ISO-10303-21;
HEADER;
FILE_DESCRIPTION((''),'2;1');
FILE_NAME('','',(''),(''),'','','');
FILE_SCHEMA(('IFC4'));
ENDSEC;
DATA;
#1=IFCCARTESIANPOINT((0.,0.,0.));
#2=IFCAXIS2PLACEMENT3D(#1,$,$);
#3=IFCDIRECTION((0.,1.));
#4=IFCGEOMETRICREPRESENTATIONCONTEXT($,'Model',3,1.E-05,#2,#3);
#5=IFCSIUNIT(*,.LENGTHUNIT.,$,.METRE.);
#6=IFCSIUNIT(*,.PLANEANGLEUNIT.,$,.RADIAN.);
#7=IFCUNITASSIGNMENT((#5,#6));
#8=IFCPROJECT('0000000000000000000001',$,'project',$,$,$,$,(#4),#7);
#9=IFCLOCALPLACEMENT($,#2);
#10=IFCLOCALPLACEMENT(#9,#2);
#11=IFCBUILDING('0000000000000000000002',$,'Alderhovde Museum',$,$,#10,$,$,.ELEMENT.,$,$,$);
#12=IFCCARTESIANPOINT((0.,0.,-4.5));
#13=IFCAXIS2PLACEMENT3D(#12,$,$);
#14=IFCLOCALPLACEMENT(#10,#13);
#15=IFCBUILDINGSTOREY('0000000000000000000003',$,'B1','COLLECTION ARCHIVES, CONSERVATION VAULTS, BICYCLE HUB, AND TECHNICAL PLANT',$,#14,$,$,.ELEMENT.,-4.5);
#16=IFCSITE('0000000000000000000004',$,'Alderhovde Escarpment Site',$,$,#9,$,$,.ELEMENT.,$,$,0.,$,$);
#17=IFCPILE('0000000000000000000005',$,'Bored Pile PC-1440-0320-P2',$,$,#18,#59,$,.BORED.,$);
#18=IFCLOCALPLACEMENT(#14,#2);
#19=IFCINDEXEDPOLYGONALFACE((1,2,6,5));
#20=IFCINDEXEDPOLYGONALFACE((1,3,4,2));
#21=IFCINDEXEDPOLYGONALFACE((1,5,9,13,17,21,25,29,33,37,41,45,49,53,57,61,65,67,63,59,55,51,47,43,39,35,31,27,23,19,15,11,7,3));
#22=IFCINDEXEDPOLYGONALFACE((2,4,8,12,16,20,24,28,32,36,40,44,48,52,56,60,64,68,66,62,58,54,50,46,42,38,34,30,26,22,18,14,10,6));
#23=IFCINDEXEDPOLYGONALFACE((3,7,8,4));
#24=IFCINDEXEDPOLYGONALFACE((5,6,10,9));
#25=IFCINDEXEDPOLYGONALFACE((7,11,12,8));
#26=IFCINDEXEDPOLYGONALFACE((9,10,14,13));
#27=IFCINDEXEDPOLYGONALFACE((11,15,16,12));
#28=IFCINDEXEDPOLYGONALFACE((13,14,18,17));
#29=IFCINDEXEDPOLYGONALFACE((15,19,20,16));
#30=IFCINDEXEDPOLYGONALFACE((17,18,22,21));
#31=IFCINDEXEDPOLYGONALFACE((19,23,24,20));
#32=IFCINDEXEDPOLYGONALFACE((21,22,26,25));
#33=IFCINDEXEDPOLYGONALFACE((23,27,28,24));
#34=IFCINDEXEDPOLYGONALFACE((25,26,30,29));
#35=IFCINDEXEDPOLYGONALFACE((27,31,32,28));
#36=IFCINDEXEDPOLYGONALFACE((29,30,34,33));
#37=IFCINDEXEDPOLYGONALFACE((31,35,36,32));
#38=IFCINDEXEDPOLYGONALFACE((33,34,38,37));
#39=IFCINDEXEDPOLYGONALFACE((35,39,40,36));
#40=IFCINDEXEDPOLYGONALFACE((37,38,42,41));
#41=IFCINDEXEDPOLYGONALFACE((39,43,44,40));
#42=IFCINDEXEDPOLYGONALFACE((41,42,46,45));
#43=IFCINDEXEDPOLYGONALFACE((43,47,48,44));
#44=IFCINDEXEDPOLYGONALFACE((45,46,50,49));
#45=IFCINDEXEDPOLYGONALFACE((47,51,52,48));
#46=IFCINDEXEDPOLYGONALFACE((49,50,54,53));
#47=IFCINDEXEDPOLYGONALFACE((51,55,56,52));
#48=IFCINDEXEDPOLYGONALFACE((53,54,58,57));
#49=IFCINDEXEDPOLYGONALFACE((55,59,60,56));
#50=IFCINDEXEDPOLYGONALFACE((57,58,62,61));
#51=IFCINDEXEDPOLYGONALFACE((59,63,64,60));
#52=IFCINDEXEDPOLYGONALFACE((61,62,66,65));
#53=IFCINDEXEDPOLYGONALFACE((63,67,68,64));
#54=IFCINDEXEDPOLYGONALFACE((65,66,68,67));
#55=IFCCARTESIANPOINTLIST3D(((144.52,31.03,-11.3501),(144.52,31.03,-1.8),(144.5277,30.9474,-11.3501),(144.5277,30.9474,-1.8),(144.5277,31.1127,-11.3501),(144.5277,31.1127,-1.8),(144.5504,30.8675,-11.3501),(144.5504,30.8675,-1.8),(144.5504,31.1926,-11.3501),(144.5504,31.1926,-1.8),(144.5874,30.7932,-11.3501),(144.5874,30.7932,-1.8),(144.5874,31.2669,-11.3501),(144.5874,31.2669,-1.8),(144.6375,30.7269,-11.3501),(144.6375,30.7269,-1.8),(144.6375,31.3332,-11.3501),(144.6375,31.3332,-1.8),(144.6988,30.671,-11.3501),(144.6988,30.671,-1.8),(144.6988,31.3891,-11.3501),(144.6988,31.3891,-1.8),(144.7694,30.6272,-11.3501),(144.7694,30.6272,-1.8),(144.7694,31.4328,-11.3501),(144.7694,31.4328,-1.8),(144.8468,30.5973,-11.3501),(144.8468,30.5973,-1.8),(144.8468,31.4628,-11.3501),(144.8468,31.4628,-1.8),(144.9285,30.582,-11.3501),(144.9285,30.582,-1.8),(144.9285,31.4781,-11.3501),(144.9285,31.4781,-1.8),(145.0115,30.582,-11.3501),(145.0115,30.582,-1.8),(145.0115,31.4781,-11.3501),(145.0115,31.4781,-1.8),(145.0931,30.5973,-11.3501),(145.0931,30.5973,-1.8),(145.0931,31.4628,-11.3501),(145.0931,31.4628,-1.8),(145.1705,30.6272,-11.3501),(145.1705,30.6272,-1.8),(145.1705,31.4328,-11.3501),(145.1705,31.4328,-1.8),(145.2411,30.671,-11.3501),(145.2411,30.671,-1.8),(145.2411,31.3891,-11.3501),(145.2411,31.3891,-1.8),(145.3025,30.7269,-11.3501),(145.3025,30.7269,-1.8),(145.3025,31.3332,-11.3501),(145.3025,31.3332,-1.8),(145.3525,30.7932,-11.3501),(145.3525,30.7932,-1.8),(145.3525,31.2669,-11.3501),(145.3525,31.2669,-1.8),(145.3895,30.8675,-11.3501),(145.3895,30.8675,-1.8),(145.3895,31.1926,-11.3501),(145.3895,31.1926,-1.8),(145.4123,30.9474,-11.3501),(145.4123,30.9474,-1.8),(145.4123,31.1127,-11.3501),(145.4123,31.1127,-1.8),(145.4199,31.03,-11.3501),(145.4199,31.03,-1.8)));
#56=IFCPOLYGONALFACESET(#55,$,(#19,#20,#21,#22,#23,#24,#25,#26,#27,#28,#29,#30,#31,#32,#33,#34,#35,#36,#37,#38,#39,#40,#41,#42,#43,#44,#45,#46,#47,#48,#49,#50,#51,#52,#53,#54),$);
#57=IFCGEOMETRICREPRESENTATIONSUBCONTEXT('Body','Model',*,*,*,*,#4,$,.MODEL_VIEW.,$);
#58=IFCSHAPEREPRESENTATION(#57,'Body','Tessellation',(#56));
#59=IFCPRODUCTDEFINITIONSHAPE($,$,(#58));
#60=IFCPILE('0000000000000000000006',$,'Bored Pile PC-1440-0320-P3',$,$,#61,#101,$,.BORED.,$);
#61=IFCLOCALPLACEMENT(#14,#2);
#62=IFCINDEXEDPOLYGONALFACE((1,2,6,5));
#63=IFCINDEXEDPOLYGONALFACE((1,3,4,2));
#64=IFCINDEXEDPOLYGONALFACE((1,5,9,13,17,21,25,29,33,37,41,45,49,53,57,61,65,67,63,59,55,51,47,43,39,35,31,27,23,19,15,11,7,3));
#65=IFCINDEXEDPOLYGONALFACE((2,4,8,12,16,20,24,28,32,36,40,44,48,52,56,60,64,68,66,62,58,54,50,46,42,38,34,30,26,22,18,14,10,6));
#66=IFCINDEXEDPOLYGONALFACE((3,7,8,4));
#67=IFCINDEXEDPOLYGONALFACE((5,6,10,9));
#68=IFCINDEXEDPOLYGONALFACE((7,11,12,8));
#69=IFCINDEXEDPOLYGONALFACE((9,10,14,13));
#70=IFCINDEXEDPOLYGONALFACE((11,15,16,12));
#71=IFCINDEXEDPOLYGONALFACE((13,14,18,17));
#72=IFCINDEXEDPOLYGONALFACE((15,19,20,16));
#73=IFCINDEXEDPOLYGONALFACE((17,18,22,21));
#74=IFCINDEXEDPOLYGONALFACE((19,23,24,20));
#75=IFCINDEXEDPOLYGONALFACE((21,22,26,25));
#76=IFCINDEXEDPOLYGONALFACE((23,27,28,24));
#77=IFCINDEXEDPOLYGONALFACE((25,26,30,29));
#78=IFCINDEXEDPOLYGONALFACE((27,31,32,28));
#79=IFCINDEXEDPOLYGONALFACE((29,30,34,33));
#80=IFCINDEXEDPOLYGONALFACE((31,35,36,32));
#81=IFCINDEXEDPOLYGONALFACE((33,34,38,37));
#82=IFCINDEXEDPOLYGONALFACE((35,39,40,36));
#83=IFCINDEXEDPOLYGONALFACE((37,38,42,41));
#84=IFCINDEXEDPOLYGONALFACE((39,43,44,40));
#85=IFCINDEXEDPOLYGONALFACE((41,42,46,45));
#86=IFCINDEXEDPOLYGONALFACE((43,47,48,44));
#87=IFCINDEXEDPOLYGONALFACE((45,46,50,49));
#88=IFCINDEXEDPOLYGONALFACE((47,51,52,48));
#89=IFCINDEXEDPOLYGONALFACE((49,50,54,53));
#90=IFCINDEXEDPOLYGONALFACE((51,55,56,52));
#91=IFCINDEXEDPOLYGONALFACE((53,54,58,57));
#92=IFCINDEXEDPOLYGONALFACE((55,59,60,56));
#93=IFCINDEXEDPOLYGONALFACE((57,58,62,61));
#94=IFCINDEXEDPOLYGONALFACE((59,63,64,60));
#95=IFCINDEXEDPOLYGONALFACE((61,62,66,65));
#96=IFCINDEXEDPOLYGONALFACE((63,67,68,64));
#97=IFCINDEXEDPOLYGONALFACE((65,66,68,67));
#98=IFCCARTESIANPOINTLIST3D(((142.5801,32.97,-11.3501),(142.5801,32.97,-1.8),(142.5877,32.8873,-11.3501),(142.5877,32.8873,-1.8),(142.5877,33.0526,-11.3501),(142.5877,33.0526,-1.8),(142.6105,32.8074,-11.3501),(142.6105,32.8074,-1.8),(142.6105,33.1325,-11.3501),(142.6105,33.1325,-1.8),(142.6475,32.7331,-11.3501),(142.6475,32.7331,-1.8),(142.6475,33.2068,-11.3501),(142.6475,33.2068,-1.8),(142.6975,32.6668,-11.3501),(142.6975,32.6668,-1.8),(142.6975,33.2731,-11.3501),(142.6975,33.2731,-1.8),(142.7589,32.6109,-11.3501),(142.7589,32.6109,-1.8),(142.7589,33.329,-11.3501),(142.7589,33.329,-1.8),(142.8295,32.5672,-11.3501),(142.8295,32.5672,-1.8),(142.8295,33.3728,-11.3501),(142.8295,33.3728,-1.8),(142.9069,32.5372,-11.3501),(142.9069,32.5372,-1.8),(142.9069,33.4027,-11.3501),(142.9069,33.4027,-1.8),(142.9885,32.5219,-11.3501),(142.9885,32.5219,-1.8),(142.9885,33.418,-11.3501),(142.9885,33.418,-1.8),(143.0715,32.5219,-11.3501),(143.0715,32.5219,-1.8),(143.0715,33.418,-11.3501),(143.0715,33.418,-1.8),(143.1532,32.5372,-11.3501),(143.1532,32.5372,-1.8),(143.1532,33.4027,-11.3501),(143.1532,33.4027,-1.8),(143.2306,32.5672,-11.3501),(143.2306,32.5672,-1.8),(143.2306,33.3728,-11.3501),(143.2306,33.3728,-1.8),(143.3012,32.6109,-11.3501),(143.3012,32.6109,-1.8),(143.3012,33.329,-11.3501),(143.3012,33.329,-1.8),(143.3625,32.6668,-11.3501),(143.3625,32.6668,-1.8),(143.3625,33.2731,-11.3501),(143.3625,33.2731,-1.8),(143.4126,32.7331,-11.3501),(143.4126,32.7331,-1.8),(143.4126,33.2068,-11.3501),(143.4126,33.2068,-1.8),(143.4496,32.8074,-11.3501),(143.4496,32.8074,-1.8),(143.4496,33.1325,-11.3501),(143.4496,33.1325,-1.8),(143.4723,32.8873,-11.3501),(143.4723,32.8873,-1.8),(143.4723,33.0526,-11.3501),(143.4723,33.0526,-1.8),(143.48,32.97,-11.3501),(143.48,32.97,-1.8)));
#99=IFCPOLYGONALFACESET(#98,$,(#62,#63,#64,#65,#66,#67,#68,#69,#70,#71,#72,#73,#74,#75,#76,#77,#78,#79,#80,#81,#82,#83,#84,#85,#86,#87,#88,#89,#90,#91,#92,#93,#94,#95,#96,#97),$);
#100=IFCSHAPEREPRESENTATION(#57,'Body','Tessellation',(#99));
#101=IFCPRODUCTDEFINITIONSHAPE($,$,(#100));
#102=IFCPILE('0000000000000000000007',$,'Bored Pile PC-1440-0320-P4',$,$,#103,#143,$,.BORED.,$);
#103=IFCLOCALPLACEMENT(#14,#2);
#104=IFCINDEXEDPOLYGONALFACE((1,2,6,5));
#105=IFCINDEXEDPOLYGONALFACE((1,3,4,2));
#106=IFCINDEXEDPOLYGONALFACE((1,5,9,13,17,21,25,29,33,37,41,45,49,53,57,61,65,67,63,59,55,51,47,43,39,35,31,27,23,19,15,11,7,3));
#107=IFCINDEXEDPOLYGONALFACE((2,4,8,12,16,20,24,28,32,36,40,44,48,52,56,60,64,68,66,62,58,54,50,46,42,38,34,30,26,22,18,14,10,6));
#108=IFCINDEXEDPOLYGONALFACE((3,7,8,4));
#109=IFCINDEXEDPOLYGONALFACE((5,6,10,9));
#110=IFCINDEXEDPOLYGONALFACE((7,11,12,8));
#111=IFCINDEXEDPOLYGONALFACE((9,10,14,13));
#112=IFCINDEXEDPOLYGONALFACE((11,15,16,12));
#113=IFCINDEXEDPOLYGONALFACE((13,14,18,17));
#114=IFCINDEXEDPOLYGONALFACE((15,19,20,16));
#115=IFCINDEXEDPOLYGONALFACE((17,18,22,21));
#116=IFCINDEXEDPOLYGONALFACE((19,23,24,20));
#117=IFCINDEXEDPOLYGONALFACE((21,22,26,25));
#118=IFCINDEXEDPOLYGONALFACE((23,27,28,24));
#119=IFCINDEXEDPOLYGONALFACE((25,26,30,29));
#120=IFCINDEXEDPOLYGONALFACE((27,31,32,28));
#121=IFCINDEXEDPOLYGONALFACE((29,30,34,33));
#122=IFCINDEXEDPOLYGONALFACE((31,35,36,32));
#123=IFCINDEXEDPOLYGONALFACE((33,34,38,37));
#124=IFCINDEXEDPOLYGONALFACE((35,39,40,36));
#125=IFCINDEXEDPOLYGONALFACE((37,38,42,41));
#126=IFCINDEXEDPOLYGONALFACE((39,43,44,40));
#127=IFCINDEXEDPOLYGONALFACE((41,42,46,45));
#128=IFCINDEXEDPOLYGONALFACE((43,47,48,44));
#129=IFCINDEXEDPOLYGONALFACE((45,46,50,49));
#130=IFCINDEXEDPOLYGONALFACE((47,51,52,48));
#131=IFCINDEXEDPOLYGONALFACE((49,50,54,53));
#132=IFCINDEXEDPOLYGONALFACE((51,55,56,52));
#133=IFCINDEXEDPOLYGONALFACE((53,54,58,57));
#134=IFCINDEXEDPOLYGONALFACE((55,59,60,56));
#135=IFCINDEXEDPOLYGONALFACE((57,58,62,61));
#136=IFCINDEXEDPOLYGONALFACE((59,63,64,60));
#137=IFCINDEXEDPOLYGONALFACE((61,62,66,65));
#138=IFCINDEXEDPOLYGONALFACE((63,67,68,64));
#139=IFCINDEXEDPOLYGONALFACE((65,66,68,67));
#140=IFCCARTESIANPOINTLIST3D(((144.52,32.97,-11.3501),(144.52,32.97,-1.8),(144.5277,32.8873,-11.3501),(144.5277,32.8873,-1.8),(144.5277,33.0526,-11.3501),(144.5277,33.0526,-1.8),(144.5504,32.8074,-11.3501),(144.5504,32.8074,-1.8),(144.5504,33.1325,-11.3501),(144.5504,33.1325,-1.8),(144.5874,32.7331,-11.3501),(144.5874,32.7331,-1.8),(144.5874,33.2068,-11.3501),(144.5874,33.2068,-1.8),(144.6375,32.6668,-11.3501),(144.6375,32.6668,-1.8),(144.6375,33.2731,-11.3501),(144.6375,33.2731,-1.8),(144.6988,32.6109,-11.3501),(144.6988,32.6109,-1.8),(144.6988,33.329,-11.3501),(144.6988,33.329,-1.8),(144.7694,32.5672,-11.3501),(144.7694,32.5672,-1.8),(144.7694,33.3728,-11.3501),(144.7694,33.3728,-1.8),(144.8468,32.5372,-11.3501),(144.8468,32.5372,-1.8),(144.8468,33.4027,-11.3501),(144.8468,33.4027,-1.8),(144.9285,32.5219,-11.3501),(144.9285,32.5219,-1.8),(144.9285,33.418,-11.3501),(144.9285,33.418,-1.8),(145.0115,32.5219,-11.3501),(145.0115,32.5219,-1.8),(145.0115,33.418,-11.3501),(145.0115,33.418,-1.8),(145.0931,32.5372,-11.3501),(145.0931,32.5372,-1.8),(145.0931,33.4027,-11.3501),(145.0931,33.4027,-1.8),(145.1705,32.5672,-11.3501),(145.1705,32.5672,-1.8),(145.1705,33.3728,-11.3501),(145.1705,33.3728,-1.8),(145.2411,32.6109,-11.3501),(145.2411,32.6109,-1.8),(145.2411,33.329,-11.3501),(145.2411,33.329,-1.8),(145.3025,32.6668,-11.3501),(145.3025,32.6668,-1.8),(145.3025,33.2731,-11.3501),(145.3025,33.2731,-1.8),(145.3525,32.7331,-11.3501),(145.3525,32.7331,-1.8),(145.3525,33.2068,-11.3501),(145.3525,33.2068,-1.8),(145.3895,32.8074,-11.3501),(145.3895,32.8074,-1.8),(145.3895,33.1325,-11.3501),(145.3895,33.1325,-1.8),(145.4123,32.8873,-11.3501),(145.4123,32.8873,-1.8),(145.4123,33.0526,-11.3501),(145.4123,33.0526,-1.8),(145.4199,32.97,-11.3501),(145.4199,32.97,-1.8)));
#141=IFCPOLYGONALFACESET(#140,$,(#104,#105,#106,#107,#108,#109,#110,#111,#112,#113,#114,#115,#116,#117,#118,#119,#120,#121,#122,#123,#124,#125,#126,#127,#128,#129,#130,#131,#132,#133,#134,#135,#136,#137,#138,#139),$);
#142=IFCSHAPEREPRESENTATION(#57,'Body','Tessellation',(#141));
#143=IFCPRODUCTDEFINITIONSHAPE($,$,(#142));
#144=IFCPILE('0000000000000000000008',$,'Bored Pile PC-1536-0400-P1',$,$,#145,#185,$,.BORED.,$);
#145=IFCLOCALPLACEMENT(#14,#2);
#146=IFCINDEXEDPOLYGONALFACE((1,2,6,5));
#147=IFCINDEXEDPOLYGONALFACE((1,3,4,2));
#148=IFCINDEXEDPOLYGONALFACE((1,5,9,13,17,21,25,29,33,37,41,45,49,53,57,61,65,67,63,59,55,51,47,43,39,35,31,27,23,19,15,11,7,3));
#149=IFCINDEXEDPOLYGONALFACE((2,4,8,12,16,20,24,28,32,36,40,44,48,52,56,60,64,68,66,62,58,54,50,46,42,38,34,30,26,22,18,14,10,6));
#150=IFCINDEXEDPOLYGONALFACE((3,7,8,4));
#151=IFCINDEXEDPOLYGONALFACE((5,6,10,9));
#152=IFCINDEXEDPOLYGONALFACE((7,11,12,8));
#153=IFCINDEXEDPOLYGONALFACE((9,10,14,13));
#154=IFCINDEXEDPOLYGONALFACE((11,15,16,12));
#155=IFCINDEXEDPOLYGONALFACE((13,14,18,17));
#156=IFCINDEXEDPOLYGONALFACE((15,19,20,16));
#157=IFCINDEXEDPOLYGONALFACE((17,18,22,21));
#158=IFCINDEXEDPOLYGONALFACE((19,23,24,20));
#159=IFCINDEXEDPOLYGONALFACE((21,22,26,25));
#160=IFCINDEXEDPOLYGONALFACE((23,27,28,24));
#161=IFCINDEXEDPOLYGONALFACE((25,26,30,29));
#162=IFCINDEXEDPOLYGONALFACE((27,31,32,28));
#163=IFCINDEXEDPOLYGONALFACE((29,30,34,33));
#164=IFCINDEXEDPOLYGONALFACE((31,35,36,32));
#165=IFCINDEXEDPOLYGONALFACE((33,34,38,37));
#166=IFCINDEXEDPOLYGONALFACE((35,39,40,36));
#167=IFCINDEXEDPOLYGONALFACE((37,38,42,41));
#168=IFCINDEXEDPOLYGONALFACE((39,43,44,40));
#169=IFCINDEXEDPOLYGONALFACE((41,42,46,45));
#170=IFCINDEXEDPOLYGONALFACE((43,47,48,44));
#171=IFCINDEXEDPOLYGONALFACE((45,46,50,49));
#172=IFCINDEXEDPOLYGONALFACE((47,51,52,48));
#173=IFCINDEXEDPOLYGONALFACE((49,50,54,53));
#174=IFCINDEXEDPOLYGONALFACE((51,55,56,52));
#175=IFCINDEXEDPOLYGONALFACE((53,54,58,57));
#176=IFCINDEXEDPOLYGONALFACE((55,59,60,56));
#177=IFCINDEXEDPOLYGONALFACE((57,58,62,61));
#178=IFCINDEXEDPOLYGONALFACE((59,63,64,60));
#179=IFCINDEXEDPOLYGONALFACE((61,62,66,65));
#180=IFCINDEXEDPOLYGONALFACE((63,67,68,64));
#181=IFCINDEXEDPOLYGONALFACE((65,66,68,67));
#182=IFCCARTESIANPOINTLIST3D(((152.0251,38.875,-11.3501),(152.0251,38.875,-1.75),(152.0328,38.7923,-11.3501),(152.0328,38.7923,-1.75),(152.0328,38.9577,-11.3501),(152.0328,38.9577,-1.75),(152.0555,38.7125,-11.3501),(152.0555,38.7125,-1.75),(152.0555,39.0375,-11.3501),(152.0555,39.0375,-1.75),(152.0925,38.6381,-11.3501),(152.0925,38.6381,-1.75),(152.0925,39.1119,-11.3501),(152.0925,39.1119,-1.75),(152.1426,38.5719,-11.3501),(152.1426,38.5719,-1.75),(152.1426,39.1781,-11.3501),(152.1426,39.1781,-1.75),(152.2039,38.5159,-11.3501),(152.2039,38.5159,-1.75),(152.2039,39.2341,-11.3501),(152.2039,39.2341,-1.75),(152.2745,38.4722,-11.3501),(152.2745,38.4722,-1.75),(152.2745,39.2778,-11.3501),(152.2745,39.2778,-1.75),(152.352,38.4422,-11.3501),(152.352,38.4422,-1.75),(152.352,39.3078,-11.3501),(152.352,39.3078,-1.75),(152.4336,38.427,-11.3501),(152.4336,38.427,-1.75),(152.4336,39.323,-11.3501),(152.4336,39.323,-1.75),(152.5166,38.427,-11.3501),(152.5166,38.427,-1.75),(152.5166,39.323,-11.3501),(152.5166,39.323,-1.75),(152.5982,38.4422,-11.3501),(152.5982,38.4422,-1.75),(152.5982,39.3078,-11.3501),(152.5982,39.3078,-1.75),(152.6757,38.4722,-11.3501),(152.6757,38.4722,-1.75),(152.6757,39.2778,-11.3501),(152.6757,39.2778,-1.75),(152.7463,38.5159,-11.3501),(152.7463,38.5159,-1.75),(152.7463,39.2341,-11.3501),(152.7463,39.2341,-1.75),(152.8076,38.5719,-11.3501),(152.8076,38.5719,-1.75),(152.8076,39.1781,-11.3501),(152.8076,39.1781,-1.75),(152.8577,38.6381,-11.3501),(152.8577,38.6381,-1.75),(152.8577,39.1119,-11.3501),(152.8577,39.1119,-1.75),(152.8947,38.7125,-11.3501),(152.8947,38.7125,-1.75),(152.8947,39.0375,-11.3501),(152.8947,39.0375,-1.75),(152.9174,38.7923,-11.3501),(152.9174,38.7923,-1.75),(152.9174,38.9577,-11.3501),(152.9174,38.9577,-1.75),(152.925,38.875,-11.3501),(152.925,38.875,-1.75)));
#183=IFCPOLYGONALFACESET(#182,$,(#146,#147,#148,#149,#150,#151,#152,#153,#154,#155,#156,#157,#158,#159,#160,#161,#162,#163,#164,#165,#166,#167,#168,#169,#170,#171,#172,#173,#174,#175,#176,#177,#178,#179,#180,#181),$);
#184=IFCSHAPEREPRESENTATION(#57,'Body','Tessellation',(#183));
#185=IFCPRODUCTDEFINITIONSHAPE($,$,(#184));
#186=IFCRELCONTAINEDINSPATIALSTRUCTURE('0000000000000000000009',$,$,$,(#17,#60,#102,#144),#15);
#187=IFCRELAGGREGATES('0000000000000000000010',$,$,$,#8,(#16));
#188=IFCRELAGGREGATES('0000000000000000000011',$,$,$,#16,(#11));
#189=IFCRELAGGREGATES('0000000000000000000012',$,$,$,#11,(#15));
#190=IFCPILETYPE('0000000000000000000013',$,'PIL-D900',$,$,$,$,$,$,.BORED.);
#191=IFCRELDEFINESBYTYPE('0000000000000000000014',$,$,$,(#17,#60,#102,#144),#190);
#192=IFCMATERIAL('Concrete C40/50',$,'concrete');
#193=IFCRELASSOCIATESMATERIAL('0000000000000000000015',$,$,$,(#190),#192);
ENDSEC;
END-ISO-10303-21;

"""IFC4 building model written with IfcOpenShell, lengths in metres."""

from ifc_helpers import new_model, si_unit, direction, frame, origin, origin_2d, place, context, subcontext, project, spatial, circle, extrude, material, material_profile, profile_set, type_object, element, save


model = new_model("IFC4")

# Units and contexts
model_context = context("Model", 3, precision=1e-05, world=origin(), true_north=direction((0.0, 1.0)))
body_context = subcontext(model_context, "Body", "Model", "MODEL_VIEW")
ifc_project = project(units=[si_unit("LENGTHUNIT", "METRE"), si_unit("PLANEANGLEUNIT", "RADIAN")], contexts=[model_context])

# Site, building, storey
site_placement = place(None, origin())
site = spatial("IfcSite", under=ifc_project, at=site_placement, Name="Alderhovde Escarpment Site", CompositionType="ELEMENT", RefElevation=0.0)
building_placement = place(site_placement, origin())
building = spatial("IfcBuilding", under=site, at=building_placement, Name="Alderhovde Museum", CompositionType="ELEMENT")
storey_placement = place(building_placement, frame((0.0, 0.0, -4.5)))
storey = spatial("IfcBuildingStorey", under=building, at=storey_placement, Name="B1", Description="COLLECTION ARCHIVES, CONSERVATION VAULTS, BICYCLE HUB, AND TECHNICAL PLANT", CompositionType="ELEMENT", Elevation=-4.5)

# Piles
ifc_material_1 = material(Name="Concrete C40/50", Category="concrete")
ifc_material_profile_1 = material_profile(ifc_material_1, circle(Radius=0.45, at=origin_2d()), Name="PILE-D900")
ifc_profile_set_1 = profile_set([ifc_material_profile_1], Name="Concrete C40/50")
pile_type_1 = type_object("IfcPileType", Name="PIL-D900", PredefinedType="BORED", material=ifc_profile_set_1)
for number, where, z_axis, x_axis, name in (
    (1, (144.97, 31.03, -1.8), (0.0, 0.0, -1.0), (1.0, 0.0, 0.0), "Bored Pile PC-1440-0320-P2"),
    (2, (143.03, 32.97, -1.8), (0.0, 0.0, -1.0), (1.0, 0.0, 0.0), "Bored Pile PC-1440-0320-P3"),
    (3, (144.97, 32.97, -1.8), (0.0, 0.0, -1.0), (1.0, 0.0, 0.0), "Bored Pile PC-1440-0320-P4"),
):
    element("IfcPile", number, at=place(storey_placement, frame(where, z_axis=z_axis, x_axis=x_axis)), inside=storey, type_object=pile_type_1, Name=name, PredefinedType="BORED", context=body_context, shape_type="SweptSolid", body=[
        extrude(circle(Radius=0.45, at=origin_2d()), origin(), (0.0, 0.0, 1.0), 9.55),
    ])
pile_1_placement = place(storey_placement, frame((152.4751, 38.875, -1.75), z_axis=(0.0, 0.0, -1.0), x_axis=(1.0, 0.0, 0.0)))
element("IfcPile", 4, at=pile_1_placement, inside=storey, type_object=pile_type_1, Name="Bored Pile PC-1536-0400-P1", PredefinedType="BORED", context=body_context, shape_type="SweptSolid", body=[
    extrude(circle(Radius=0.45, at=origin_2d()), origin(), (0.0, 0.0, 1.0), 9.6001),
])

save(model, "model.ifc")
